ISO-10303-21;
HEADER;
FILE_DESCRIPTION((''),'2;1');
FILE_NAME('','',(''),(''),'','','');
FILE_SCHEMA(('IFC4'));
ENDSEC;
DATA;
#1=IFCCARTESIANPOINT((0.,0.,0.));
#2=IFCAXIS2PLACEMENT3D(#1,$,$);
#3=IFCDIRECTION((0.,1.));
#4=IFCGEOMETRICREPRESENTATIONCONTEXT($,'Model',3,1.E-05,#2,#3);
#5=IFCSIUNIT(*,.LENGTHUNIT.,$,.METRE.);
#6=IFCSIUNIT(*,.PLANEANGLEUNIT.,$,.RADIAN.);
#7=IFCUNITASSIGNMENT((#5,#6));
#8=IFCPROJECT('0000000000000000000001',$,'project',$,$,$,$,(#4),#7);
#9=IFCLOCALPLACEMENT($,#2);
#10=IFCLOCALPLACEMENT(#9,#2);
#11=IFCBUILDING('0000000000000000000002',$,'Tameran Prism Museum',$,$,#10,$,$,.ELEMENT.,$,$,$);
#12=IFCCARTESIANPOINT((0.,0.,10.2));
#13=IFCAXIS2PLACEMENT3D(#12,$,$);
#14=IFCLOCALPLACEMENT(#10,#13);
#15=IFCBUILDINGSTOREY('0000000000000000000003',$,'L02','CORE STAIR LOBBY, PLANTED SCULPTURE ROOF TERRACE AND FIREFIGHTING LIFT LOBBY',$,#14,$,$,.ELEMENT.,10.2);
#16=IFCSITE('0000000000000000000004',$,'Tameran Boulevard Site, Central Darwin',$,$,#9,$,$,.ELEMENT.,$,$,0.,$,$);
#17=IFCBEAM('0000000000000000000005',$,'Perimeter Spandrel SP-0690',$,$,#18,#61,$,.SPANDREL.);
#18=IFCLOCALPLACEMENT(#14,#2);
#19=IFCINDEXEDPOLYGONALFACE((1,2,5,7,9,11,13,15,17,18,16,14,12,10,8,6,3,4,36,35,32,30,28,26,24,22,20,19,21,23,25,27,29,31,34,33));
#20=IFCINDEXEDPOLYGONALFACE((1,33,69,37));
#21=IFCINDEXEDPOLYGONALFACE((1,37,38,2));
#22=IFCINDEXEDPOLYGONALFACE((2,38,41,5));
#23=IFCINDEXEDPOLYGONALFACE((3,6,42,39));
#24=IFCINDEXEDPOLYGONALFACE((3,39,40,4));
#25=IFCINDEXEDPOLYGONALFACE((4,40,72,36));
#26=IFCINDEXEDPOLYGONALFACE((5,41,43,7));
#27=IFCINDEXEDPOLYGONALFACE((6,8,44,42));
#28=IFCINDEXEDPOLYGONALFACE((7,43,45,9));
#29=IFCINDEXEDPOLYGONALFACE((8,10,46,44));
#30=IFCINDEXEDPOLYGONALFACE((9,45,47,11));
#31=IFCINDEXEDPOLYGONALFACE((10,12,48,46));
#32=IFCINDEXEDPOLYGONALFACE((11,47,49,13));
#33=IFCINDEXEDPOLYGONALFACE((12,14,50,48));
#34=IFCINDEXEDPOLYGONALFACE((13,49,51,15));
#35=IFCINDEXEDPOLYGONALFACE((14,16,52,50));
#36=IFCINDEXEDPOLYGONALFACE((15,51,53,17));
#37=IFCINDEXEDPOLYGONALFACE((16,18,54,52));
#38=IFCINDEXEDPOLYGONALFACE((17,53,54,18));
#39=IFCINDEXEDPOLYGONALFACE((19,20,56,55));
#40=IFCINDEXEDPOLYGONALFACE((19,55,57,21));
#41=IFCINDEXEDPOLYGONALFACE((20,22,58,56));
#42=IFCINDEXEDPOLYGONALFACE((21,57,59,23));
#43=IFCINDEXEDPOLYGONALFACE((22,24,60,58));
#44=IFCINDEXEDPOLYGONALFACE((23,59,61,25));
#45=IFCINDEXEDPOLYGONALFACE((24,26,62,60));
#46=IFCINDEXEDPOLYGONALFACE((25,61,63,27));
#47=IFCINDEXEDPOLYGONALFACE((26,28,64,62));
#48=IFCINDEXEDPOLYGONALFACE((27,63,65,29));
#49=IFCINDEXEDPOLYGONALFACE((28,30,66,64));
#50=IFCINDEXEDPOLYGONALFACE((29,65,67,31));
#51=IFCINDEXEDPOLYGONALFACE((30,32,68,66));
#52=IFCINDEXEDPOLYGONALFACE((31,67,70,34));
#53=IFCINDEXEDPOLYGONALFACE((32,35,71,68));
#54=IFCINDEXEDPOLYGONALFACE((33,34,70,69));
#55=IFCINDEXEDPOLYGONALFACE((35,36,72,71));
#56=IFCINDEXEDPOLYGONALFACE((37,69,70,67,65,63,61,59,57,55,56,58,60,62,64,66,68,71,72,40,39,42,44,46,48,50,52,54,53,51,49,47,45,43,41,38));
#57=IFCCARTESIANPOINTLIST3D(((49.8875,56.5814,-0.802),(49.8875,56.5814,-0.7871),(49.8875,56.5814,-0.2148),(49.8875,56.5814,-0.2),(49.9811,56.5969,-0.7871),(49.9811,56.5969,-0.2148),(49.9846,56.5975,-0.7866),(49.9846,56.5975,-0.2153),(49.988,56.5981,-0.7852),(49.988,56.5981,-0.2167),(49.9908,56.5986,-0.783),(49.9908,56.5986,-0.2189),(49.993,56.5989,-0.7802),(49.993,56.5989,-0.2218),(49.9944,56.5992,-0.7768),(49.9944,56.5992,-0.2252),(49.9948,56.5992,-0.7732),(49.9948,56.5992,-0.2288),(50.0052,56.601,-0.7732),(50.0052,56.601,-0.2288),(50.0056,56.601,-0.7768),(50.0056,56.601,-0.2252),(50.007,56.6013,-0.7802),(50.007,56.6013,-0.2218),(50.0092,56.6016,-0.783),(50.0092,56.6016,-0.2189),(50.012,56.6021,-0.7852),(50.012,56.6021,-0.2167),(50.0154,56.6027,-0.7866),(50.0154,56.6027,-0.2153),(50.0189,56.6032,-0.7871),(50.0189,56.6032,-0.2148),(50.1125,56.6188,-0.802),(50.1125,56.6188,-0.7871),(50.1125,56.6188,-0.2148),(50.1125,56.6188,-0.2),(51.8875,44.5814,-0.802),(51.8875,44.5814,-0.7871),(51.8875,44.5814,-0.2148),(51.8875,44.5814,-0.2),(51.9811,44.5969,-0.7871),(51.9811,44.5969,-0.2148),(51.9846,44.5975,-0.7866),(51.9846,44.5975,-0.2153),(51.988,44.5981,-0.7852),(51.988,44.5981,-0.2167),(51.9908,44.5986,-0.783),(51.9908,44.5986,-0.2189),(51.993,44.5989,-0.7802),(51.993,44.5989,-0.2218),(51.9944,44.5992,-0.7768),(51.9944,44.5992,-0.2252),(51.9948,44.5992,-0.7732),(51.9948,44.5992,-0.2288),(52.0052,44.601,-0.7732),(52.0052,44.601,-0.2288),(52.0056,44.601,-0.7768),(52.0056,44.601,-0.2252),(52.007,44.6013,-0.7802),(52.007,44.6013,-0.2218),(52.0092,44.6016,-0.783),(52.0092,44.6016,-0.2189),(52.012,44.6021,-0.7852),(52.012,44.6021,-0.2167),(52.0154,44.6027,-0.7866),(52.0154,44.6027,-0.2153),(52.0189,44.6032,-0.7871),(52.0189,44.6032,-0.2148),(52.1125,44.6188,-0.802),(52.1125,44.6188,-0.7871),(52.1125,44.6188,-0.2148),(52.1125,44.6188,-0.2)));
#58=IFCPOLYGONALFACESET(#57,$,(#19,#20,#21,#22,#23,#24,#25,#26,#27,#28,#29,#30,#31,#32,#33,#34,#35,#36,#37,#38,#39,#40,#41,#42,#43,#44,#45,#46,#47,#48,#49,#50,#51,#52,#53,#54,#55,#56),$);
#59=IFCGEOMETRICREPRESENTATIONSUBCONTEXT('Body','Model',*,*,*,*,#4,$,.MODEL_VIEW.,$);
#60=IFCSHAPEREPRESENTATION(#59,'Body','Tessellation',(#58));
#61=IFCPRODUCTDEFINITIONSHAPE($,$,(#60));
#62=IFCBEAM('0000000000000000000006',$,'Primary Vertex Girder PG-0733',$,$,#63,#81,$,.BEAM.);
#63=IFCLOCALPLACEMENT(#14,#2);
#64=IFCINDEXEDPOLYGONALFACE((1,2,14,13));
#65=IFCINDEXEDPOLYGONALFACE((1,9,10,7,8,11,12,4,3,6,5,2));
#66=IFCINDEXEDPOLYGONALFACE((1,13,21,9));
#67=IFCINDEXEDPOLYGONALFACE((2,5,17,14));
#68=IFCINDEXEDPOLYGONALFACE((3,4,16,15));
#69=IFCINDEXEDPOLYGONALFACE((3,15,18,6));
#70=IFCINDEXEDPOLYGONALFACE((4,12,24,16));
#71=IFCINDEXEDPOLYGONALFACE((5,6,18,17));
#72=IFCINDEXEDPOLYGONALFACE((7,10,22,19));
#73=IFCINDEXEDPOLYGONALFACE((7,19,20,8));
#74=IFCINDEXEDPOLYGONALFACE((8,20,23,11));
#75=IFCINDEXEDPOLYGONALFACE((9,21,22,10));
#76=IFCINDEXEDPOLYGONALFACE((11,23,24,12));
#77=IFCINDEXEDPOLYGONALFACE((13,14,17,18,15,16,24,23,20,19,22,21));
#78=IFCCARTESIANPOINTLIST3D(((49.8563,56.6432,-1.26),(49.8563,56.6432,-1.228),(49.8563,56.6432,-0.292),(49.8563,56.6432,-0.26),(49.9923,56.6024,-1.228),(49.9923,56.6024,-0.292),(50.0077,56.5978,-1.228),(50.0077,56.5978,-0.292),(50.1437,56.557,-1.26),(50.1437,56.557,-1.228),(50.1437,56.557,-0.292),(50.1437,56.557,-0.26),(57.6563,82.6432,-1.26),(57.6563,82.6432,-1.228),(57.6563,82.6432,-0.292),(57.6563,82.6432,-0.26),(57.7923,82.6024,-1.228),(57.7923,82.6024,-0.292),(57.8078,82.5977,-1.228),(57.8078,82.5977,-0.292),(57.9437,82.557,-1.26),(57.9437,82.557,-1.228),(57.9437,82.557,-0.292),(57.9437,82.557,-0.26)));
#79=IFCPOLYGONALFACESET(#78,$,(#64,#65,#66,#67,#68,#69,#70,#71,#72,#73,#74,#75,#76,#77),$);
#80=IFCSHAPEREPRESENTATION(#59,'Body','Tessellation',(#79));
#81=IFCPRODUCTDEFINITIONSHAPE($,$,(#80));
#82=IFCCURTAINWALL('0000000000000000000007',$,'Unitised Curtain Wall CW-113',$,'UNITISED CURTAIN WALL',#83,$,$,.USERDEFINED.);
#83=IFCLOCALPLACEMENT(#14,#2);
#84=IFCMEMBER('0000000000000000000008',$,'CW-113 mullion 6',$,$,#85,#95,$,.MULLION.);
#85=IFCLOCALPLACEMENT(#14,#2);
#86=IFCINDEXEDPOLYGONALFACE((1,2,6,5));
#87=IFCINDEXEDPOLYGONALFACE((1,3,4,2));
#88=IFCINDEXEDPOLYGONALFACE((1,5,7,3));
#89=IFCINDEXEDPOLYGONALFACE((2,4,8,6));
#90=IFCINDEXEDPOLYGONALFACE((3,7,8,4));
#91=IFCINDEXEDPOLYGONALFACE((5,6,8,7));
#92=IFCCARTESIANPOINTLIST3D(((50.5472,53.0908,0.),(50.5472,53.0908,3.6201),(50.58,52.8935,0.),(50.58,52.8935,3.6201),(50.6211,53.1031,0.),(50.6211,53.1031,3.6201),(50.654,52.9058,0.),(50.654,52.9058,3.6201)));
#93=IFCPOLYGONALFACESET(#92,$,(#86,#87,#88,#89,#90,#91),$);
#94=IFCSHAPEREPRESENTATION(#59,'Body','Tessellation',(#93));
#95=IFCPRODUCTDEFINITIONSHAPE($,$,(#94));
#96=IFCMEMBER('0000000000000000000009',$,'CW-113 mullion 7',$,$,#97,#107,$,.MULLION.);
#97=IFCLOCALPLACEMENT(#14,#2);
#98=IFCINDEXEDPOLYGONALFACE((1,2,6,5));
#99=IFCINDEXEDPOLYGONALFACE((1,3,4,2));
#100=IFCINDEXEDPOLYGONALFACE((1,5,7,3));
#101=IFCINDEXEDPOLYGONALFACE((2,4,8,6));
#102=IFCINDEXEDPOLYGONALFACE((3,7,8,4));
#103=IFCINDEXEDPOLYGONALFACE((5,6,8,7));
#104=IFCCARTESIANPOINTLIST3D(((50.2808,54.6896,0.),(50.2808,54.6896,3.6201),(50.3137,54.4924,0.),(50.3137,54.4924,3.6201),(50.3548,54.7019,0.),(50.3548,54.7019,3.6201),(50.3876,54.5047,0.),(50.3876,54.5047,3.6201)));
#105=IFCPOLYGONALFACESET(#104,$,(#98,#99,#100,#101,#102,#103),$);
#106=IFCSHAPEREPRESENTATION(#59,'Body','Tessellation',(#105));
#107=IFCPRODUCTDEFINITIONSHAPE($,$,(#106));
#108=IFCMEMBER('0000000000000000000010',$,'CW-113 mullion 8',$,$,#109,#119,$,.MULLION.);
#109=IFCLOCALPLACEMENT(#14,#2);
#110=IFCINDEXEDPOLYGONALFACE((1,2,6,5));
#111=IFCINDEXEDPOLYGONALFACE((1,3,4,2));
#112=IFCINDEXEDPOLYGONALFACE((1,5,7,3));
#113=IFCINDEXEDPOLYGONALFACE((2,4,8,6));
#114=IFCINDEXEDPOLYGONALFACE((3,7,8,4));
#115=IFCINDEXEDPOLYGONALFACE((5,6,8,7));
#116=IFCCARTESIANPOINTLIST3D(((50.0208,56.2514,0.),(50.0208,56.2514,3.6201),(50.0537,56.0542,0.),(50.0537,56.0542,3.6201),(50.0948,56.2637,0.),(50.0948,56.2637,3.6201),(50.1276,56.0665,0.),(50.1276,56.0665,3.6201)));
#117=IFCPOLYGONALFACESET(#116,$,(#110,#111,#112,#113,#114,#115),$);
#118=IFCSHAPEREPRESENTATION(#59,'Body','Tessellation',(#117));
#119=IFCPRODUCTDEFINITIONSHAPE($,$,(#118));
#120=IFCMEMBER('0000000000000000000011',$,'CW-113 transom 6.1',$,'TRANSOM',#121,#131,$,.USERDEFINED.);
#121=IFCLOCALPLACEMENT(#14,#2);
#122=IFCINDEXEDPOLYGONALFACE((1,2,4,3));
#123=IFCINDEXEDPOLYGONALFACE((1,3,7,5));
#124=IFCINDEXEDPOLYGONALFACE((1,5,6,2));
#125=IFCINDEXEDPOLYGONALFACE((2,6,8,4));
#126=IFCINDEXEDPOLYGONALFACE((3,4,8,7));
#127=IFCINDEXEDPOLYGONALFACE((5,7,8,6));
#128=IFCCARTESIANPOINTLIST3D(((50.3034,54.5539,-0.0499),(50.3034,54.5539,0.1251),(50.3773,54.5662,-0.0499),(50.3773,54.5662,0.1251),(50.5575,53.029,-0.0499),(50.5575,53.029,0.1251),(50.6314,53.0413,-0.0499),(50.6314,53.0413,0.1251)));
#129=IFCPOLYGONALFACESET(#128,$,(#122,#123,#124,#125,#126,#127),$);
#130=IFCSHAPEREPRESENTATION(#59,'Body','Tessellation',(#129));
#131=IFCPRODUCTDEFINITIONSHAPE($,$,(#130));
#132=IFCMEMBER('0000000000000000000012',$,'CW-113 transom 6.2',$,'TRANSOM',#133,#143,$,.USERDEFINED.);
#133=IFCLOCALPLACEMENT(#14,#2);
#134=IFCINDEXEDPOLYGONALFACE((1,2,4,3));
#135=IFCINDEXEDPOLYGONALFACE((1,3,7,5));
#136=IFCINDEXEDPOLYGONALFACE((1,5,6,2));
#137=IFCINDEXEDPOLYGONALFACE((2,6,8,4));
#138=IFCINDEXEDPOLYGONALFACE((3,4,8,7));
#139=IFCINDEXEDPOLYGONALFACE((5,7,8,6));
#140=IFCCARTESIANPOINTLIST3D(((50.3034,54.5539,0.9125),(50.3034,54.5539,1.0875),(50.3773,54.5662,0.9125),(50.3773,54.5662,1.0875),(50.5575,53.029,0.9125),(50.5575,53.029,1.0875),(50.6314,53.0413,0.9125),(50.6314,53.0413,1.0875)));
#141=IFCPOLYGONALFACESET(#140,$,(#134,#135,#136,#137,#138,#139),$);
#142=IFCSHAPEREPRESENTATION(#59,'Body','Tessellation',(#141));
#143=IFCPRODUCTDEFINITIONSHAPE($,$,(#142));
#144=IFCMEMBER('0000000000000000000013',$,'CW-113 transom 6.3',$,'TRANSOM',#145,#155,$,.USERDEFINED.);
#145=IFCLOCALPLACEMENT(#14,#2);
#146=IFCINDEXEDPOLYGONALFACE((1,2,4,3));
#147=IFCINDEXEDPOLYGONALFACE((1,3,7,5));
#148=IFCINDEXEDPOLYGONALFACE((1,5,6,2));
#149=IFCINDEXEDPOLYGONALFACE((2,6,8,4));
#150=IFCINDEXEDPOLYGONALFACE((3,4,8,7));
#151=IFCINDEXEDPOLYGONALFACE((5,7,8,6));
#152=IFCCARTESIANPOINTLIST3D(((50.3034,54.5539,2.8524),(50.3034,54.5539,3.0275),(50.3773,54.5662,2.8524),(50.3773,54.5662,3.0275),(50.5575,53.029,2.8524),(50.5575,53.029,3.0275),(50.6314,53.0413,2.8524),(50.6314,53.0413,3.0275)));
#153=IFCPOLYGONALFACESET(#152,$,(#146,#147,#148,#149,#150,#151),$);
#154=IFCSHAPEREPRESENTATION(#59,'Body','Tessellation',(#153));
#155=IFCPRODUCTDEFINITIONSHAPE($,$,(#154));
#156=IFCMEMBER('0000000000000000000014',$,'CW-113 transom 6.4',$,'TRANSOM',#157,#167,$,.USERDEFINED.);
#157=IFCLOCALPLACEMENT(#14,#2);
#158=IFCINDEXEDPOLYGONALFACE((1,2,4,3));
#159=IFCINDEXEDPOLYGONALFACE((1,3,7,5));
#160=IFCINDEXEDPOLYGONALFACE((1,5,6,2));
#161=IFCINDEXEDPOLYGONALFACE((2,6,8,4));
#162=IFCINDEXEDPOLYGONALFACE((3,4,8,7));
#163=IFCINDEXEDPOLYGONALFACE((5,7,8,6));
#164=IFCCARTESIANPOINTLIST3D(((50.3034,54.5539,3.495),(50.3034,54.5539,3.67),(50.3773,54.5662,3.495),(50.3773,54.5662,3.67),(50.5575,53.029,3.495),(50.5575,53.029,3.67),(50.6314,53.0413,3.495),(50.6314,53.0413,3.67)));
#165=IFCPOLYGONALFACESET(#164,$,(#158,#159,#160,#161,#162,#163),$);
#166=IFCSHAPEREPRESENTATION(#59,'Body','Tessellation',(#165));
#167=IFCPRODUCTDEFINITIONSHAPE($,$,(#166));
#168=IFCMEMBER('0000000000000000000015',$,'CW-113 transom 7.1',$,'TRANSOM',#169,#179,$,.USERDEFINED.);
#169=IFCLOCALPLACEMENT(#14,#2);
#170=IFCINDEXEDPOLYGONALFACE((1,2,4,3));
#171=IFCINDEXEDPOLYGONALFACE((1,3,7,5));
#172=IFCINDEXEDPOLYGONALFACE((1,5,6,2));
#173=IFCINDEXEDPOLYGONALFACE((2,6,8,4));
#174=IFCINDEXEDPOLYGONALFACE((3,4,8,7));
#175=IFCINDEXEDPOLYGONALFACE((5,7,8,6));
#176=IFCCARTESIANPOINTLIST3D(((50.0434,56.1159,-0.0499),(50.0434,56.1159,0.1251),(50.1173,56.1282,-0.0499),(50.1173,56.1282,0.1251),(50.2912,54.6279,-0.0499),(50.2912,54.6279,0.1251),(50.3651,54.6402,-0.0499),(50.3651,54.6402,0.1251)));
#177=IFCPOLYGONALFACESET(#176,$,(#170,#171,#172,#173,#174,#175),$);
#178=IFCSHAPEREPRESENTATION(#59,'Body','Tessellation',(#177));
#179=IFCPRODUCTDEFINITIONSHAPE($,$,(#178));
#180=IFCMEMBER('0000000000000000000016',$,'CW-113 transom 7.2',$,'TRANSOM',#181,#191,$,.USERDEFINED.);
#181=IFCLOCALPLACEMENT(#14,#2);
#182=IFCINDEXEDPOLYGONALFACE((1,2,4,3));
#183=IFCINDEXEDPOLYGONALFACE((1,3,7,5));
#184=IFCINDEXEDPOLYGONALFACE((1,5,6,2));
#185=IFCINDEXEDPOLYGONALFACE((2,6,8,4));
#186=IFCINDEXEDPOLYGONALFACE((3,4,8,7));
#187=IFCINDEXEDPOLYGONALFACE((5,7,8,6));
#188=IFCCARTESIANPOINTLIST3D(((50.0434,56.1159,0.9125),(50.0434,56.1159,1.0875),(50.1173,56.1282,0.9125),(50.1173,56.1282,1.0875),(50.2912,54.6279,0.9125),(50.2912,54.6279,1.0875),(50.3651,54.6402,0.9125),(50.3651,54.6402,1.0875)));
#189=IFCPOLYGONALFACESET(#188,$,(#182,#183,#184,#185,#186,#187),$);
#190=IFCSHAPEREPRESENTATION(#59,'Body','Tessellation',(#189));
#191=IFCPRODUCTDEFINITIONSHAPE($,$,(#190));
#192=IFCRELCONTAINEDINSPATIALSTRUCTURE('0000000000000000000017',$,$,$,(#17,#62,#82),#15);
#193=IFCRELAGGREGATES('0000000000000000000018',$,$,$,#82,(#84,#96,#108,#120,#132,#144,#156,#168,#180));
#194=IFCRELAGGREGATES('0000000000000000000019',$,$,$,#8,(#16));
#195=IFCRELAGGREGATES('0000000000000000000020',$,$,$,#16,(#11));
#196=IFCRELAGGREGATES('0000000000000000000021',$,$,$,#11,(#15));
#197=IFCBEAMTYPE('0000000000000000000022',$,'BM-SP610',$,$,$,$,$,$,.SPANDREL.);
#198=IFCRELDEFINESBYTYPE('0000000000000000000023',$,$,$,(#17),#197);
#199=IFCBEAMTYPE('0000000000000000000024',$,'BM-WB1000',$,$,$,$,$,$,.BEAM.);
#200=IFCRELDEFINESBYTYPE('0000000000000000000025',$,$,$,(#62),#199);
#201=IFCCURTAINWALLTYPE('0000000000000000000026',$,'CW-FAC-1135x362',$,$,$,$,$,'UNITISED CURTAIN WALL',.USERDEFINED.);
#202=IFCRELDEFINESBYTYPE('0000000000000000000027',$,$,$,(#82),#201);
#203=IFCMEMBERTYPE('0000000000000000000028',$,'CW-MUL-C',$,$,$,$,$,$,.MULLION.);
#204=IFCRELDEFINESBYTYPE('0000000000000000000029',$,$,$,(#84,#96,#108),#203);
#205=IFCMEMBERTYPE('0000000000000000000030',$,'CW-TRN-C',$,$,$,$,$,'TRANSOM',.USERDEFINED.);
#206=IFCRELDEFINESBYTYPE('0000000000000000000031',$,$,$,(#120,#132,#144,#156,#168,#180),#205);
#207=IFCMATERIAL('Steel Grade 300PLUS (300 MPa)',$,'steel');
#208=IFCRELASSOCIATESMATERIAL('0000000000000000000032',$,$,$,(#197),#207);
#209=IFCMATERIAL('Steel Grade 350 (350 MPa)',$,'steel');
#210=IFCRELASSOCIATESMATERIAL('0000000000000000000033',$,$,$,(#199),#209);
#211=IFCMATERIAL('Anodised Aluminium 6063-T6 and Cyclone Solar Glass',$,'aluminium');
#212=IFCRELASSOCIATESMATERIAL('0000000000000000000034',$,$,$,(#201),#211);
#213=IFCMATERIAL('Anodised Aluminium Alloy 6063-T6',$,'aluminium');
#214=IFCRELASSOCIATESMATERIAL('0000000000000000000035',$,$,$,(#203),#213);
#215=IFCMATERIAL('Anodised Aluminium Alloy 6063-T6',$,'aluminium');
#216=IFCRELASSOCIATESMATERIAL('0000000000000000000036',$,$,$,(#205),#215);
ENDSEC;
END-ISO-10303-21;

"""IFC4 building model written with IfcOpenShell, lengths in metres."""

from ifc_helpers import new_model, si_unit, direction, frame, origin, origin_2d, place, context, subcontext, project, spatial, rectangle, i_section, extrude, material, material_profile, profile_set, type_object, element, aggregate, save


model = new_model("IFC4")

# Units and contexts
model_context = context("Model", 3, precision=1e-05, world=origin(), true_north=direction((0.0, 1.0)))
body_context = subcontext(model_context, "Body", "Model", "MODEL_VIEW")
ifc_project = project(units=[si_unit("LENGTHUNIT", "METRE"), si_unit("PLANEANGLEUNIT", "RADIAN")], contexts=[model_context])

# Site, building, storey
site_placement = place(None, origin())
site = spatial("IfcSite", under=ifc_project, at=site_placement, Name="Tameran Boulevard Site, Central Darwin", CompositionType="ELEMENT", RefElevation=0.0)
building_placement = place(site_placement, origin())
building = spatial("IfcBuilding", under=site, at=building_placement, Name="Tameran Prism Museum", CompositionType="ELEMENT")
storey_placement = place(building_placement, frame((0.0, 0.0, 10.2)))
storey = spatial("IfcBuildingStorey", under=building, at=storey_placement, Name="L02", Description="CORE STAIR LOBBY, PLANTED SCULPTURE ROOF TERRACE AND FIREFIGHTING LIFT LOBBY", CompositionType="ELEMENT", Elevation=10.2)

# Beams
ifc_material_1 = material(Name="Steel Grade 300PLUS (300 MPa)", Category="steel")
ifc_material_profile_1 = material_profile(ifc_material_1, i_section(OverallWidth=0.228, OverallDepth=0.6021, WebThickness=0.0105, FlangeThickness=0.0149, FilletRadius=0.0139, at=origin_2d()))
ifc_profile_set_1 = profile_set([ifc_material_profile_1])
beam_type_1 = type_object("IfcBeamType", Name="BM-SP610", PredefinedType="SPANDREL", material=ifc_profile_set_1)
beam_1_placement = place(storey_placement, frame((50.0, 56.6001, -0.501), z_axis=(0.164399, -0.986394, 0.0), x_axis=(0.986394, 0.164399, 0.0)))
element("IfcBeam", 1, at=beam_1_placement, inside=storey, type_object=beam_type_1, Name="Perimeter Spandrel SP-0690", PredefinedType="SPANDREL", context=body_context, shape_type="SweptSolid", body=[
    extrude(i_section(OverallWidth=0.228, OverallDepth=0.6021, WebThickness=0.0105, FlangeThickness=0.0149, FilletRadius=0.0139, at=origin_2d()), origin(), (0.0, 0.0, 1.0), 12.1655),
])
ifc_material_2 = material(Name="Steel Grade 350 (350 MPa)", Category="steel")
ifc_material_profile_2 = material_profile(ifc_material_2, i_section(OverallWidth=0.3, OverallDepth=1.0, WebThickness=0.0161, FlangeThickness=0.032, at=origin_2d()))
ifc_profile_set_2 = profile_set([ifc_material_profile_2])
beam_type_2 = type_object("IfcBeamType", Name="BM-WB1000", PredefinedType="BEAM", material=ifc_profile_set_2)
beam_2_placement = place(storey_placement, frame((50.0, 56.6001, -0.76), z_axis=(0.28735, 0.957826, 0.0), x_axis=(-0.957826, 0.28735, 0.0)))
element("IfcBeam", 2, at=beam_2_placement, inside=storey, type_object=beam_type_2, Name="Primary Vertex Girder PG-0733", PredefinedType="BEAM", context=body_context, shape_type="SweptSolid", body=[
    extrude(i_section(OverallWidth=0.3, OverallDepth=1.0, WebThickness=0.0161, FlangeThickness=0.032, at=origin_2d()), origin(), (0.0, 0.0, 1.0), 27.1448),
])

# Curtain wall, members
ifc_material_3 = material(Name="Anodised Aluminium 6063-T6 and Cyclone Solar Glass", Category="aluminium")
curtain_wall_type = type_object("IfcCurtainWallType", Name="CW-FAC-1135x362", ElementType="UNITISED CURTAIN WALL", PredefinedType="USERDEFINED", material=ifc_material_3)
curtain_wall_placement = place(storey_placement, origin())
curtain_wall = element("IfcCurtainWall", 3, at=curtain_wall_placement, inside=storey, type_object=curtain_wall_type, Name="Unitised Curtain Wall CW-113", ObjectType="UNITISED CURTAIN WALL", PredefinedType="USERDEFINED")
ifc_material_4 = material(Name="Anodised Aluminium Alloy 6063-T6", Category="aluminium")
ifc_material_profile_3 = material_profile(ifc_material_4, rectangle(XDim=0.075, YDim=0.2, at=origin_2d()))
ifc_profile_set_3 = profile_set([ifc_material_profile_3])
member_type_1 = type_object("IfcMemberType", Name="CW-MUL-C", PredefinedType="MULLION", material=ifc_profile_set_3)
member_1_placement = place(storey_placement, frame((50.6006, 52.9983, 0.0), z_axis=(0.0, 0.0, 1.0), x_axis=(-0.986413, -0.164285, 0.0)))
member_1 = element("IfcMember", 4, at=member_1_placement, type_object=member_type_1, Name="CW-113 mullion 6", PredefinedType="MULLION", context=body_context, shape_type="SweptSolid", body=[
    extrude(rectangle(XDim=0.075, YDim=0.2, at=origin_2d()), origin(), (0.0, 0.0, 1.0), 3.6201),
])
member_2_placement = place(storey_placement, frame((50.3342, 54.5972, 0.0), z_axis=(0.0, 0.0, 1.0), x_axis=(-0.986413, -0.164285, 0.0)))
member_2 = element("IfcMember", 5, at=member_2_placement, type_object=member_type_1, Name="CW-113 mullion 7", PredefinedType="MULLION", context=body_context, shape_type="SweptSolid", body=[
    extrude(rectangle(XDim=0.075, YDim=0.2, at=origin_2d()), origin(), (0.0, 0.0, 1.0), 3.6201),
])
member_3_placement = place(storey_placement, frame((50.0742, 56.1589, 0.0), z_axis=(0.0, 0.0, 1.0), x_axis=(-0.986413, -0.164285, 0.0)))
member_3 = element("IfcMember", 6, at=member_3_placement, type_object=member_type_1, Name="CW-113 mullion 8", PredefinedType="MULLION", context=body_context, shape_type="SweptSolid", body=[
    extrude(rectangle(XDim=0.075, YDim=0.2, at=origin_2d()), origin(), (0.0, 0.0, 1.0), 3.6201),
])
ifc_material_5 = material(Name="Anodised Aluminium Alloy 6063-T6", Category="aluminium")
ifc_material_profile_4 = material_profile(ifc_material_5, rectangle(XDim=0.075, YDim=0.175, at=origin_2d()))
ifc_profile_set_4 = profile_set([ifc_material_profile_4])
member_type_2 = type_object("IfcMemberType", Name="CW-TRN-C", ElementType="TRANSOM", PredefinedType="USERDEFINED", material=ifc_profile_set_4)
member_4_placement = place(storey_placement, frame((50.5945, 53.0352, 0.0376), z_axis=(-0.164399, 0.986394, 0.0), x_axis=(-0.986394, -0.164399, 0.0)))
member_4 = element("IfcMember", 7, at=member_4_placement, type_object=member_type_2, Name="CW-113 transom 6.1", ObjectType="TRANSOM", PredefinedType="USERDEFINED", context=body_context, shape_type="SweptSolid", body=[
    extrude(rectangle(XDim=0.075, YDim=0.175, at=origin_2d()), origin(), (0.0, 0.0, 1.0), 1.5459),
])
member_5_placement = place(storey_placement, frame((50.5945, 53.0352, 1.0), z_axis=(-0.164399, 0.986394, 0.0), x_axis=(-0.986394, -0.164399, 0.0)))
member_5 = element("IfcMember", 8, at=member_5_placement, type_object=member_type_2, Name="CW-113 transom 6.2", ObjectType="TRANSOM", PredefinedType="USERDEFINED", context=body_context, shape_type="SweptSolid", body=[
    extrude(rectangle(XDim=0.075, YDim=0.175, at=origin_2d()), origin(), (0.0, 0.0, 1.0), 1.5459),
])
member_6_placement = place(storey_placement, frame((50.5945, 53.0352, 2.9399), z_axis=(-0.164399, 0.986394, 0.0), x_axis=(-0.986394, -0.164399, 0.0)))
member_6 = element("IfcMember", 9, at=member_6_placement, type_object=member_type_2, Name="CW-113 transom 6.3", ObjectType="TRANSOM", PredefinedType="USERDEFINED", context=body_context, shape_type="SweptSolid", body=[
    extrude(rectangle(XDim=0.075, YDim=0.175, at=origin_2d()), origin(), (0.0, 0.0, 1.0), 1.5459),
])
member_7_placement = place(storey_placement, frame((50.5945, 53.0352, 3.5825), z_axis=(-0.164399, 0.986394, 0.0), x_axis=(-0.986394, -0.164399, 0.0)))
member_7 = element("IfcMember", 10, at=member_7_placement, type_object=member_type_2, Name="CW-113 transom 6.4", ObjectType="TRANSOM", PredefinedType="USERDEFINED", context=body_context, shape_type="SweptSolid", body=[
    extrude(rectangle(XDim=0.075, YDim=0.175, at=origin_2d()), origin(), (0.0, 0.0, 1.0), 1.5459),
])
member_8_placement = place(storey_placement, frame((50.3281, 54.634, 0.0376), z_axis=(-0.164268, 0.986416, 0.0), x_axis=(-0.986416, -0.164268, 0.0)))
member_8 = element("IfcMember", 11, at=member_8_placement, type_object=member_type_2, Name="CW-113 transom 7.1", ObjectType="TRANSOM", PredefinedType="USERDEFINED", context=body_context, shape_type="SweptSolid", body=[
    extrude(rectangle(XDim=0.075, YDim=0.175, at=origin_2d()), origin(), (0.0, 0.0, 1.0), 1.5085),
])
member_9_placement = place(storey_placement, frame((50.3281, 54.634, 1.0), z_axis=(-0.164268, 0.986416, 0.0), x_axis=(-0.986416, -0.164268, 0.0)))
member_9 = element("IfcMember", 12, at=member_9_placement, type_object=member_type_2, Name="CW-113 transom 7.2", ObjectType="TRANSOM", PredefinedType="USERDEFINED", context=body_context, shape_type="SweptSolid", body=[
    extrude(rectangle(XDim=0.075, YDim=0.175, at=origin_2d()), origin(), (0.0, 0.0, 1.0), 1.5085),
])
aggregate(curtain_wall, [member_1, member_2, member_3, member_4, member_5, member_6, member_7, member_8, member_9])

save(model, "model.ifc")
